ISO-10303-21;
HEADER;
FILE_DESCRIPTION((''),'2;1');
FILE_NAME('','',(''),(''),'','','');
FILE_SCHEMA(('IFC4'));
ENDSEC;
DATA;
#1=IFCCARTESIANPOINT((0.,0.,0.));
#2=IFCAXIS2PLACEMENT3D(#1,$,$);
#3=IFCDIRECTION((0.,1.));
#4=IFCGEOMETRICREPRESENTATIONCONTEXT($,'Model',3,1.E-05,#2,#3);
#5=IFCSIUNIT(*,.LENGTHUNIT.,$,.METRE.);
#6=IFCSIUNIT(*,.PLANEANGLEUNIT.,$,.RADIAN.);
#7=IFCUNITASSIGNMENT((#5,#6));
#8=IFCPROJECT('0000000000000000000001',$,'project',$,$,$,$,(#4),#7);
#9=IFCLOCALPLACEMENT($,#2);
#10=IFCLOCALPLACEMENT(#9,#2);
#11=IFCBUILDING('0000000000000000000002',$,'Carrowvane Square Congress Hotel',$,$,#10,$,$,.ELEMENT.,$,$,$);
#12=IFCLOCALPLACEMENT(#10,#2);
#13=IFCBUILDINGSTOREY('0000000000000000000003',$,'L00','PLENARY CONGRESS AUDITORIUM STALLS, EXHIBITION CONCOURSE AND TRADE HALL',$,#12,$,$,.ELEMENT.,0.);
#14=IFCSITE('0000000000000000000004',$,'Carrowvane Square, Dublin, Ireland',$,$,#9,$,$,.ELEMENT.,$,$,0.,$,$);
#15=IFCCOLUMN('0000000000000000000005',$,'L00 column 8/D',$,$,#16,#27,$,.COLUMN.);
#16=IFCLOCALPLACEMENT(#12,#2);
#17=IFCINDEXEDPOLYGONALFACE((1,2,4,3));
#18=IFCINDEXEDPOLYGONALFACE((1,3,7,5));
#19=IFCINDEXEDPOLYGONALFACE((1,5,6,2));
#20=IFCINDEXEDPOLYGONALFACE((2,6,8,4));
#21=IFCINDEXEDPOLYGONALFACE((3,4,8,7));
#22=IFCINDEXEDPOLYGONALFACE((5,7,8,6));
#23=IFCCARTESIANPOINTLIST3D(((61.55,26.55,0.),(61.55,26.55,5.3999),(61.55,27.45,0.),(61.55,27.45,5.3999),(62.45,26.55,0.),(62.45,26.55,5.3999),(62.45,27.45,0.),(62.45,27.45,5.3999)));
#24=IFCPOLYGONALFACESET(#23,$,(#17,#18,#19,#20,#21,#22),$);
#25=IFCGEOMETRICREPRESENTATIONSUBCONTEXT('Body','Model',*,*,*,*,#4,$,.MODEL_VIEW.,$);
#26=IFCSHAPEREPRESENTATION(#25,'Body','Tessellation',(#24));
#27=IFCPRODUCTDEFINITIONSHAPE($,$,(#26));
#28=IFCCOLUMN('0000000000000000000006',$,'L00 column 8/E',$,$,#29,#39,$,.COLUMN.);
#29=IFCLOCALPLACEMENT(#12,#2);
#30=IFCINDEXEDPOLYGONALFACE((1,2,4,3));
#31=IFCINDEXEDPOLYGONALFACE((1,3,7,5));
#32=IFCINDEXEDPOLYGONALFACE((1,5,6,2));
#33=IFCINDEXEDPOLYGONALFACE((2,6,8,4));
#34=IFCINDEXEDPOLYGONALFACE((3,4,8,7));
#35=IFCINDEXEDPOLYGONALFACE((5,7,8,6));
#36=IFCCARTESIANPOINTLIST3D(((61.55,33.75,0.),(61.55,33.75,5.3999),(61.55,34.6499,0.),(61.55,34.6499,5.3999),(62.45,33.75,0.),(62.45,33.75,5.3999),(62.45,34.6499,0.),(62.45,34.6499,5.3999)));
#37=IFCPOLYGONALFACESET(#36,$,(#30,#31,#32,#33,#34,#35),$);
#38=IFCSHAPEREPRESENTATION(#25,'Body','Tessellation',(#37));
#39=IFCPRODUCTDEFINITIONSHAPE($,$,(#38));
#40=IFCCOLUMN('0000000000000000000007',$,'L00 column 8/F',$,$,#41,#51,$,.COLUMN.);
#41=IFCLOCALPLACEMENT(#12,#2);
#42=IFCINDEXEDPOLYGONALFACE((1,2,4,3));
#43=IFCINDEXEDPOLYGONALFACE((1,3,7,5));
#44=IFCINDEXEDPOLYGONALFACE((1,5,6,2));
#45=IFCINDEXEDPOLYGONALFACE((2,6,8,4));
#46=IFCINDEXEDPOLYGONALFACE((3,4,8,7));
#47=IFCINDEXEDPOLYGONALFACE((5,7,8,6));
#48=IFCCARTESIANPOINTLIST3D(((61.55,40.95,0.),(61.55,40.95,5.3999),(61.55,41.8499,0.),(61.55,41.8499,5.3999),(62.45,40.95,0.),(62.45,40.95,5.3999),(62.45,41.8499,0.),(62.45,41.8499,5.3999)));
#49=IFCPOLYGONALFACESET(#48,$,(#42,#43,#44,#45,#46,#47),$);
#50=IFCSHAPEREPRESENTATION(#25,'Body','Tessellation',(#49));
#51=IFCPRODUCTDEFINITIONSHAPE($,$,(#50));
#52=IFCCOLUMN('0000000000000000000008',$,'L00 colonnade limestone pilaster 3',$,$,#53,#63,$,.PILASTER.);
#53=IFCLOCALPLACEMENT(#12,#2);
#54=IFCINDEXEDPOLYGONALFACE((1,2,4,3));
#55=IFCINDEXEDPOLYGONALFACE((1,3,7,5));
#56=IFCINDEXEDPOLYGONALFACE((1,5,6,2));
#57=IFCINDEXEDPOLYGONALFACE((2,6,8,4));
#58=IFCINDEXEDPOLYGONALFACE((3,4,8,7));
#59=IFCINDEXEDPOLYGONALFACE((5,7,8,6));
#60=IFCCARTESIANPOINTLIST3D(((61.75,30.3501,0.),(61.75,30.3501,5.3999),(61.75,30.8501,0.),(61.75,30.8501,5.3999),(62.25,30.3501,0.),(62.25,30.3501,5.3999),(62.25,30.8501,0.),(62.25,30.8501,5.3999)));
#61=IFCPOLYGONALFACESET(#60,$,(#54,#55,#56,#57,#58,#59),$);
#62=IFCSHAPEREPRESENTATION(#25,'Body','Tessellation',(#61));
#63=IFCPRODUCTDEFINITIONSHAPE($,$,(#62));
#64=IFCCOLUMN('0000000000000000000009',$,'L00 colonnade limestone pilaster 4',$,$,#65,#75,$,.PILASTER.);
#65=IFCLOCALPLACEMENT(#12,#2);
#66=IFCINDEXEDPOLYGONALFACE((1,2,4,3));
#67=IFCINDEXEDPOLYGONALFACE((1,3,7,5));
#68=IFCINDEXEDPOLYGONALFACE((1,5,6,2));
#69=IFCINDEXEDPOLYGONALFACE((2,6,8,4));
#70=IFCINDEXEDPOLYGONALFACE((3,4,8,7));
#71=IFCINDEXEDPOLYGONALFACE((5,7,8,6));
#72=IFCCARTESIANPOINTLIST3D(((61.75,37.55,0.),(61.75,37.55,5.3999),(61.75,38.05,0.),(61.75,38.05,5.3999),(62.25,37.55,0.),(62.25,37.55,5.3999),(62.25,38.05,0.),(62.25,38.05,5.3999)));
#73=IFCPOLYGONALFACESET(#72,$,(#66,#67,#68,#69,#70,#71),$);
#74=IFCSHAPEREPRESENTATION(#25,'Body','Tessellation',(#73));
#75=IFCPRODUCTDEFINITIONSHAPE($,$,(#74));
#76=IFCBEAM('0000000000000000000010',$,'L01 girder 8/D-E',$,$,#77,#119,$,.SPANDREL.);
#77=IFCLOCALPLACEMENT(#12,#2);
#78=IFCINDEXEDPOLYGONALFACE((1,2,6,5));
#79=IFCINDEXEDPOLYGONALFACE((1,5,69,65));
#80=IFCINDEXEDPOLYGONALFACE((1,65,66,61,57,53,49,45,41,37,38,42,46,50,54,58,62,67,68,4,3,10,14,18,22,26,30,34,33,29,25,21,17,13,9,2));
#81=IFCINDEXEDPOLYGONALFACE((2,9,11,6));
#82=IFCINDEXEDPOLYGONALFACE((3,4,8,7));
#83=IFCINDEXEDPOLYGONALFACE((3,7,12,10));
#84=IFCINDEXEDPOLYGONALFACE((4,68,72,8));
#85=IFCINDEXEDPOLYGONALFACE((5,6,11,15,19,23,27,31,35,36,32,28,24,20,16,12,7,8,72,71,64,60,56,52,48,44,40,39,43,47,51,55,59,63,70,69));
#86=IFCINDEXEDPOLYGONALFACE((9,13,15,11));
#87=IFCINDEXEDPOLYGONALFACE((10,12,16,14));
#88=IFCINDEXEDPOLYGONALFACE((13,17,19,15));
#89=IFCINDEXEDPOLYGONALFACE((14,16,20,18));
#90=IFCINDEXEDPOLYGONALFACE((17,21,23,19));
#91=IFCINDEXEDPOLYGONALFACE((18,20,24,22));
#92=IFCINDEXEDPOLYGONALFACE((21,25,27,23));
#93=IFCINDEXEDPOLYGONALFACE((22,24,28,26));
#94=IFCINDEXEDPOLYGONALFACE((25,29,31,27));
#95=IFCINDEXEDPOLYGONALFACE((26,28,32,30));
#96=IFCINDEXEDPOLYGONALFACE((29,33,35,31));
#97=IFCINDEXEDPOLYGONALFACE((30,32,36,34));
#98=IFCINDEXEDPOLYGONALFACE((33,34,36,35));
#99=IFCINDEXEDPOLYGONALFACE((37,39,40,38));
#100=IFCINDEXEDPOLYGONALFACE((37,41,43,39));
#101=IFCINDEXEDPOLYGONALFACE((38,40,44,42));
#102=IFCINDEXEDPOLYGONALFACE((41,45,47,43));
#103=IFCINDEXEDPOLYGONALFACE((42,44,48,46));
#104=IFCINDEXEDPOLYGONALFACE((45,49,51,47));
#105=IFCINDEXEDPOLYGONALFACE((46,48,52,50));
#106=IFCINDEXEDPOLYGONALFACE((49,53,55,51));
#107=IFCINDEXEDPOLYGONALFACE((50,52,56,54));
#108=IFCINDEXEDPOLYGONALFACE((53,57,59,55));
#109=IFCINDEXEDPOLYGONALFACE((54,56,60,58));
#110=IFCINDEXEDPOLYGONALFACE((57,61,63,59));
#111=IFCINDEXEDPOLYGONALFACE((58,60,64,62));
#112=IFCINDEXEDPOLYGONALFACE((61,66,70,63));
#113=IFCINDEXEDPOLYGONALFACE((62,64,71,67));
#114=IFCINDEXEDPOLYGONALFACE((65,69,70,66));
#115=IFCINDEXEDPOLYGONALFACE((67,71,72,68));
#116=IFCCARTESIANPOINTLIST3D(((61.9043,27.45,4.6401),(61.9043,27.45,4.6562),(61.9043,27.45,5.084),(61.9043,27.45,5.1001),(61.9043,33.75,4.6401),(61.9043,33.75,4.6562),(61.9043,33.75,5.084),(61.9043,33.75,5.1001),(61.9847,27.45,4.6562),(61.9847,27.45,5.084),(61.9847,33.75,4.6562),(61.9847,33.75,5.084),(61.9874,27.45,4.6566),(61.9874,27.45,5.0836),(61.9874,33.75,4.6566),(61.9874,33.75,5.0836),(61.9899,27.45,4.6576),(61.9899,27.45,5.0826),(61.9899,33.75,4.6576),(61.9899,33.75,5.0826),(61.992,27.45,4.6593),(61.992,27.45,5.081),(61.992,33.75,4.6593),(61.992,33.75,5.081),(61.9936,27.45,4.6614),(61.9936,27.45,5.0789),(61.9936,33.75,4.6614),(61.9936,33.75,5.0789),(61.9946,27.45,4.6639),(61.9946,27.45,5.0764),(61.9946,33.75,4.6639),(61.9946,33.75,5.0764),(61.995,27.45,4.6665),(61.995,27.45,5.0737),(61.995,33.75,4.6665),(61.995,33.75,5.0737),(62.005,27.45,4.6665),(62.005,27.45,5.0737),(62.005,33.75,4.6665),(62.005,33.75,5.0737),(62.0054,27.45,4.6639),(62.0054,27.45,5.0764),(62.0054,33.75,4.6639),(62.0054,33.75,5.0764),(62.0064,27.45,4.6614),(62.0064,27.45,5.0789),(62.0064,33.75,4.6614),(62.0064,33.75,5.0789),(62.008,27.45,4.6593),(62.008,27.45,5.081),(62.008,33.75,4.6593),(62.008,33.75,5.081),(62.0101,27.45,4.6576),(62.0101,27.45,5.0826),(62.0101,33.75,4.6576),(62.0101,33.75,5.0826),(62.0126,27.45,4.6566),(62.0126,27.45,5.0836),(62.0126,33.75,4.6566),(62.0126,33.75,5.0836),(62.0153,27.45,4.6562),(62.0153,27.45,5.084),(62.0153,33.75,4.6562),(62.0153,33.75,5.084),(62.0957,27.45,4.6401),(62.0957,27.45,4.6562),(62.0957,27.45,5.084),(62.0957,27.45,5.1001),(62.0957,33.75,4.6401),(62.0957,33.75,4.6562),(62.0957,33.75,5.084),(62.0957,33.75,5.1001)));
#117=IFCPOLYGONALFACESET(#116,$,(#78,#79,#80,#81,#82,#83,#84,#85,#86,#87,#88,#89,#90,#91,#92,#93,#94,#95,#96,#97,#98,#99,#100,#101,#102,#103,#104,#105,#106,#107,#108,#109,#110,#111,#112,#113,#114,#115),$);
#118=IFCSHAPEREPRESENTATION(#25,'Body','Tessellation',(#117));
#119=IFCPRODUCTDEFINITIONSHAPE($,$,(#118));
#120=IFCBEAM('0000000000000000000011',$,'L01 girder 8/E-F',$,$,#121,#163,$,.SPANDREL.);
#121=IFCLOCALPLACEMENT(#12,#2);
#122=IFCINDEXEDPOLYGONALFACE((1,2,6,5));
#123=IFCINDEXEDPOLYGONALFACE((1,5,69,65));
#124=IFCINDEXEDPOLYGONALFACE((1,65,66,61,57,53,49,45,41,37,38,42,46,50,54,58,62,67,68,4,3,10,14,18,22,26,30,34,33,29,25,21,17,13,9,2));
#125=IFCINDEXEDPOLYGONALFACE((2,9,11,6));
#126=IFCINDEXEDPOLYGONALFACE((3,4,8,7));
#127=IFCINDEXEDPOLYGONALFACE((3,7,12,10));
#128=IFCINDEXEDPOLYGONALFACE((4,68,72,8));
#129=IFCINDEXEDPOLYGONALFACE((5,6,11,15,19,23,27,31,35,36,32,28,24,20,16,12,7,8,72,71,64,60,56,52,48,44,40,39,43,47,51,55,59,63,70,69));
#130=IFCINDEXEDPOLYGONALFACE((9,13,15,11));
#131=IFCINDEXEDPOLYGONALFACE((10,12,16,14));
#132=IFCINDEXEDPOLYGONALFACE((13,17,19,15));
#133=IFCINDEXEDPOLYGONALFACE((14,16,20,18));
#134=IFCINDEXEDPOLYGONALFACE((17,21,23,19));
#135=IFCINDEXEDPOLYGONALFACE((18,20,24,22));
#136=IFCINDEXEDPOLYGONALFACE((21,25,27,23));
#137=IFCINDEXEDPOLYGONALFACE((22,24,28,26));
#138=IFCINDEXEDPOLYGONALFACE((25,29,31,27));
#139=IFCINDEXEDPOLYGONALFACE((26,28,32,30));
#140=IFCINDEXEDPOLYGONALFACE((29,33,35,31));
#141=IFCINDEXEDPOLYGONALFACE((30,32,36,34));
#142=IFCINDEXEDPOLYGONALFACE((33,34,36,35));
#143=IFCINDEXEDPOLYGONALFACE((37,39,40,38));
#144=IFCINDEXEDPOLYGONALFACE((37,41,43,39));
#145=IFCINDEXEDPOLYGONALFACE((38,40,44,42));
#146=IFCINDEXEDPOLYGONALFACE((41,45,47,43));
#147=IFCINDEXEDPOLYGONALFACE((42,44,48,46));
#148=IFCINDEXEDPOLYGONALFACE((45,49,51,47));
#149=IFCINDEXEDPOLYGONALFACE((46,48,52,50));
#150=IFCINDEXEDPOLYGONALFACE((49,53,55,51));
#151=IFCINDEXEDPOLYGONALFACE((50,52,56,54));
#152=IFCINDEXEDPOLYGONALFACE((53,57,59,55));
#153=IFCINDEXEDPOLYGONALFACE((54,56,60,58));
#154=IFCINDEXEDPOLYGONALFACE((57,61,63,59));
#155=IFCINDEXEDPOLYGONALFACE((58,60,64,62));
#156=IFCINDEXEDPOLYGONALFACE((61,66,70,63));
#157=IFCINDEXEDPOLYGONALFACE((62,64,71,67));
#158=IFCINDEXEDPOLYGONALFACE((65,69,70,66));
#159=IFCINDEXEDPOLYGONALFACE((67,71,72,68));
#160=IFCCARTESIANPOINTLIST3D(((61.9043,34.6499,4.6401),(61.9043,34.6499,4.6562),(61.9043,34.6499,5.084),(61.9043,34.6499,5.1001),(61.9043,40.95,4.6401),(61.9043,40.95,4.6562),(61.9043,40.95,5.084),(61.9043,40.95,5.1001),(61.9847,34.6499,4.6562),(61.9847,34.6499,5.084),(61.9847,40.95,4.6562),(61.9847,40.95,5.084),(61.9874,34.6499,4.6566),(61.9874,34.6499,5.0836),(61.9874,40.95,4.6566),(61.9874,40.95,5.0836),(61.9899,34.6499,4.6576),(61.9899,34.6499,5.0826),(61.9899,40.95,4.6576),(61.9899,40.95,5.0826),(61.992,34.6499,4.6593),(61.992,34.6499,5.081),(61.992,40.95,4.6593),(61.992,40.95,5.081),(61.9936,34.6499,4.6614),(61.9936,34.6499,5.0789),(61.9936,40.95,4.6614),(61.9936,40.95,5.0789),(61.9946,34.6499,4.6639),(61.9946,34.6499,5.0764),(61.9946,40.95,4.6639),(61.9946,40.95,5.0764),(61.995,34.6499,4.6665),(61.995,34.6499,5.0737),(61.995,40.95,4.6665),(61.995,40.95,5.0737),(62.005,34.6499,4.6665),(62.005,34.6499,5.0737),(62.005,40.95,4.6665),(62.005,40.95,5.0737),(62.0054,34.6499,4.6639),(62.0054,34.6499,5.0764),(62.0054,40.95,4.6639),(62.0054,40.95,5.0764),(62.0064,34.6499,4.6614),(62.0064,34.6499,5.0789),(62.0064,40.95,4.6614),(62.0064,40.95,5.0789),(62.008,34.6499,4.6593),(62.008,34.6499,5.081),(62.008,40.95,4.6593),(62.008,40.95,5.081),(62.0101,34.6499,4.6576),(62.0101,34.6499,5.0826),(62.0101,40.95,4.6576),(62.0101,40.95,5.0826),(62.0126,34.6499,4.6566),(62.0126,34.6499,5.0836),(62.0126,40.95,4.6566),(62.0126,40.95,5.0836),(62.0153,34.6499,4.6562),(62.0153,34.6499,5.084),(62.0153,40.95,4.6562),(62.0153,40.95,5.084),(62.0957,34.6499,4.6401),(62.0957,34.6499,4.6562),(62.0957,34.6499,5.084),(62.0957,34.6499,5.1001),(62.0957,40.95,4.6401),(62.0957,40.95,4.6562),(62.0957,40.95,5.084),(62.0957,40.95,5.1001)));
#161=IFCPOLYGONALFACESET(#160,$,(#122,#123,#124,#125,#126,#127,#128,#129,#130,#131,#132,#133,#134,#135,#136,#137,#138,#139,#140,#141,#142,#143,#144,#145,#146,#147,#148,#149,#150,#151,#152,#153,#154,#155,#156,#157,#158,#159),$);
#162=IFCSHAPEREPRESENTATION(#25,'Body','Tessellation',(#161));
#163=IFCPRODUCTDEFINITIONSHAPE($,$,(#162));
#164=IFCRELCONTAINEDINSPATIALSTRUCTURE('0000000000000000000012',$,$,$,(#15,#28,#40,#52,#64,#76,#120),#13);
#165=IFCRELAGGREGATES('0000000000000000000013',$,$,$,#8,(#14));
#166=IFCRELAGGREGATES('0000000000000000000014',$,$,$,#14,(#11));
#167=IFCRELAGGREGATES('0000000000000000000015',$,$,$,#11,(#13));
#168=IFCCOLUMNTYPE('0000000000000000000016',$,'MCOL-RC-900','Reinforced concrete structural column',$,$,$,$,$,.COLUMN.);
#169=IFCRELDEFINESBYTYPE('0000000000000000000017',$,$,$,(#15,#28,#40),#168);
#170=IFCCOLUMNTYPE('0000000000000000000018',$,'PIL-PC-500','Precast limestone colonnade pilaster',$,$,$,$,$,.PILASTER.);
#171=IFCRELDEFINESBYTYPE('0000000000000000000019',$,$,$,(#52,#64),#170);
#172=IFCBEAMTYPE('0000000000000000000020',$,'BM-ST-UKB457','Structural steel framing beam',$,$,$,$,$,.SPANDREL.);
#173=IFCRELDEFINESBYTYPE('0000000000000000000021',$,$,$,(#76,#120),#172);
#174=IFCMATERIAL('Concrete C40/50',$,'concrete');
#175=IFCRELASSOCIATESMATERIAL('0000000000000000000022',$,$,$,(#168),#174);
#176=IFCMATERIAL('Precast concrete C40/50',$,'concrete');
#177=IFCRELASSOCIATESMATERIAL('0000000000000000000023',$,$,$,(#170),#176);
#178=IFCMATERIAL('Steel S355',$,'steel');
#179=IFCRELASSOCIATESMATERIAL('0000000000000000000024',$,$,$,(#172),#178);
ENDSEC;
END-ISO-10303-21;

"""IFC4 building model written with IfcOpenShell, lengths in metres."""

from ifc_helpers import new_model, si_unit, direction, frame, origin, origin_2d, place, context, subcontext, project, spatial, rectangle, i_section, extrude, material, material_profile, profile_set, type_object, element, save


model = new_model("IFC4")

# Units and contexts
model_context = context("Model", 3, precision=1e-05, world=origin(), true_north=direction((0.0, 1.0)))
body_context = subcontext(model_context, "Body", "Model", "MODEL_VIEW")
ifc_project = project(units=[si_unit("LENGTHUNIT", "METRE"), si_unit("PLANEANGLEUNIT", "RADIAN")], contexts=[model_context])

# Site, building, storey
site_placement = place(None, origin())
site = spatial("IfcSite", under=ifc_project, at=site_placement, Name="Carrowvane Square, Dublin, Ireland", CompositionType="ELEMENT", RefElevation=0.0)
building_placement = place(site_placement, origin())
building = spatial("IfcBuilding", under=site, at=building_placement, Name="Carrowvane Square Congress Hotel", CompositionType="ELEMENT")
storey_placement = place(building_placement, origin())
storey = spatial("IfcBuildingStorey", under=building, at=storey_placement, Name="L00", Description="PLENARY CONGRESS AUDITORIUM STALLS, EXHIBITION CONCOURSE AND TRADE HALL", CompositionType="ELEMENT", Elevation=0.0)

# Columns
ifc_material_1 = material(Name="Concrete C40/50", Category="concrete")
ifc_material_profile_1 = material_profile(ifc_material_1, rectangle(XDim=0.8999, YDim=0.8999, at=origin_2d()), Name="RC 900x900")
ifc_profile_set_1 = profile_set([ifc_material_profile_1], Name="Concrete C40/50")
column_type_1 = type_object("IfcColumnType", Name="MCOL-RC-900", Description="Reinforced concrete structural column", PredefinedType="COLUMN", material=ifc_profile_set_1)
for number, where, z_axis, x_axis, name in (
    (1, (62.0, 27.0, 0.0), (0.0, 0.0, 1.0), (1.0, 0.0, 0.0), "L00 column 8/D"),
    (2, (62.0, 34.2, 0.0), (0.0, 0.0, 1.0), (1.0, 0.0, 0.0), "L00 column 8/E"),
    (3, (62.0, 41.3999, 0.0), (0.0, 0.0, 1.0), (1.0, 0.0, 0.0), "L00 column 8/F"),
):
    element("IfcColumn", number, at=place(storey_placement, frame(where, z_axis=z_axis, x_axis=x_axis)), inside=storey, type_object=column_type_1, Name=name, PredefinedType="COLUMN", context=body_context, shape_type="SweptSolid", body=[
        extrude(rectangle(XDim=0.8999, YDim=0.8999, at=origin_2d()), origin(), (0.0, 0.0, 1.0), 5.3999),
    ])
ifc_material_2 = material(Name="Precast concrete C40/50", Category="concrete")
ifc_material_profile_2 = material_profile(ifc_material_2, rectangle(XDim=0.5, YDim=0.5, at=origin_2d()), Name="RC 500x500")
ifc_profile_set_2 = profile_set([ifc_material_profile_2], Name="Precast concrete C40/50")
column_type_2 = type_object("IfcColumnType", Name="PIL-PC-500", Description="Precast limestone colonnade pilaster", PredefinedType="PILASTER", material=ifc_profile_set_2)
for number, where, z_axis, x_axis, name in (
    (4, (62.0, 30.6001, 0.0), (0.0, 0.0, 1.0), (1.0, 0.0, 0.0), "L00 colonnade limestone pilaster 3"),
    (5, (62.0, 37.8, 0.0), (0.0, 0.0, 1.0), (1.0, 0.0, 0.0), "L00 colonnade limestone pilaster 4"),
):
    element("IfcColumn", number, at=place(storey_placement, frame(where, z_axis=z_axis, x_axis=x_axis)), inside=storey, type_object=column_type_2, Name=name, PredefinedType="PILASTER", context=body_context, shape_type="SweptSolid", body=[
        extrude(rectangle(XDim=0.5, YDim=0.5, at=origin_2d()), origin(), (0.0, 0.0, 1.0), 5.3999),
    ])

# Beams
ifc_material_3 = material(Name="Steel S355", Category="steel")
ifc_material_profile_3 = material_profile(ifc_material_3, i_section(OverallWidth=0.1914, OverallDepth=0.46, WebThickness=0.01, FlangeThickness=0.0161, FilletRadius=0.0103, at=origin_2d()), Name="UKB 457x191x82")
ifc_profile_set_3 = profile_set([ifc_material_profile_3], Name="Steel S355")
beam_type_1 = type_object("IfcBeamType", Name="BM-ST-UKB457", Description="Structural steel framing beam", PredefinedType="SPANDREL", material=ifc_profile_set_3)
for number, where, z_axis, x_axis, name in (
    (6, (62.0, 27.45, 4.8701), (0.0, 1.0, 0.0), (-1.0, 0.0, 0.0), "L01 girder 8/D-E"),
    (7, (62.0, 34.6499, 4.8701), (0.0, 1.0, 0.0), (-1.0, 0.0, 0.0), "L01 girder 8/E-F"),
):
    element("IfcBeam", number, at=place(storey_placement, frame(where, z_axis=z_axis, x_axis=x_axis)), inside=storey, type_object=beam_type_1, Name=name, PredefinedType="SPANDREL", context=body_context, shape_type="SweptSolid", body=[
        extrude(i_section(OverallWidth=0.1914, OverallDepth=0.46, WebThickness=0.01, FlangeThickness=0.0161, FilletRadius=0.0103, at=origin_2d()), origin(), (0.0, 0.0, 1.0), 6.3),
    ])

save(model, "model.ifc")
